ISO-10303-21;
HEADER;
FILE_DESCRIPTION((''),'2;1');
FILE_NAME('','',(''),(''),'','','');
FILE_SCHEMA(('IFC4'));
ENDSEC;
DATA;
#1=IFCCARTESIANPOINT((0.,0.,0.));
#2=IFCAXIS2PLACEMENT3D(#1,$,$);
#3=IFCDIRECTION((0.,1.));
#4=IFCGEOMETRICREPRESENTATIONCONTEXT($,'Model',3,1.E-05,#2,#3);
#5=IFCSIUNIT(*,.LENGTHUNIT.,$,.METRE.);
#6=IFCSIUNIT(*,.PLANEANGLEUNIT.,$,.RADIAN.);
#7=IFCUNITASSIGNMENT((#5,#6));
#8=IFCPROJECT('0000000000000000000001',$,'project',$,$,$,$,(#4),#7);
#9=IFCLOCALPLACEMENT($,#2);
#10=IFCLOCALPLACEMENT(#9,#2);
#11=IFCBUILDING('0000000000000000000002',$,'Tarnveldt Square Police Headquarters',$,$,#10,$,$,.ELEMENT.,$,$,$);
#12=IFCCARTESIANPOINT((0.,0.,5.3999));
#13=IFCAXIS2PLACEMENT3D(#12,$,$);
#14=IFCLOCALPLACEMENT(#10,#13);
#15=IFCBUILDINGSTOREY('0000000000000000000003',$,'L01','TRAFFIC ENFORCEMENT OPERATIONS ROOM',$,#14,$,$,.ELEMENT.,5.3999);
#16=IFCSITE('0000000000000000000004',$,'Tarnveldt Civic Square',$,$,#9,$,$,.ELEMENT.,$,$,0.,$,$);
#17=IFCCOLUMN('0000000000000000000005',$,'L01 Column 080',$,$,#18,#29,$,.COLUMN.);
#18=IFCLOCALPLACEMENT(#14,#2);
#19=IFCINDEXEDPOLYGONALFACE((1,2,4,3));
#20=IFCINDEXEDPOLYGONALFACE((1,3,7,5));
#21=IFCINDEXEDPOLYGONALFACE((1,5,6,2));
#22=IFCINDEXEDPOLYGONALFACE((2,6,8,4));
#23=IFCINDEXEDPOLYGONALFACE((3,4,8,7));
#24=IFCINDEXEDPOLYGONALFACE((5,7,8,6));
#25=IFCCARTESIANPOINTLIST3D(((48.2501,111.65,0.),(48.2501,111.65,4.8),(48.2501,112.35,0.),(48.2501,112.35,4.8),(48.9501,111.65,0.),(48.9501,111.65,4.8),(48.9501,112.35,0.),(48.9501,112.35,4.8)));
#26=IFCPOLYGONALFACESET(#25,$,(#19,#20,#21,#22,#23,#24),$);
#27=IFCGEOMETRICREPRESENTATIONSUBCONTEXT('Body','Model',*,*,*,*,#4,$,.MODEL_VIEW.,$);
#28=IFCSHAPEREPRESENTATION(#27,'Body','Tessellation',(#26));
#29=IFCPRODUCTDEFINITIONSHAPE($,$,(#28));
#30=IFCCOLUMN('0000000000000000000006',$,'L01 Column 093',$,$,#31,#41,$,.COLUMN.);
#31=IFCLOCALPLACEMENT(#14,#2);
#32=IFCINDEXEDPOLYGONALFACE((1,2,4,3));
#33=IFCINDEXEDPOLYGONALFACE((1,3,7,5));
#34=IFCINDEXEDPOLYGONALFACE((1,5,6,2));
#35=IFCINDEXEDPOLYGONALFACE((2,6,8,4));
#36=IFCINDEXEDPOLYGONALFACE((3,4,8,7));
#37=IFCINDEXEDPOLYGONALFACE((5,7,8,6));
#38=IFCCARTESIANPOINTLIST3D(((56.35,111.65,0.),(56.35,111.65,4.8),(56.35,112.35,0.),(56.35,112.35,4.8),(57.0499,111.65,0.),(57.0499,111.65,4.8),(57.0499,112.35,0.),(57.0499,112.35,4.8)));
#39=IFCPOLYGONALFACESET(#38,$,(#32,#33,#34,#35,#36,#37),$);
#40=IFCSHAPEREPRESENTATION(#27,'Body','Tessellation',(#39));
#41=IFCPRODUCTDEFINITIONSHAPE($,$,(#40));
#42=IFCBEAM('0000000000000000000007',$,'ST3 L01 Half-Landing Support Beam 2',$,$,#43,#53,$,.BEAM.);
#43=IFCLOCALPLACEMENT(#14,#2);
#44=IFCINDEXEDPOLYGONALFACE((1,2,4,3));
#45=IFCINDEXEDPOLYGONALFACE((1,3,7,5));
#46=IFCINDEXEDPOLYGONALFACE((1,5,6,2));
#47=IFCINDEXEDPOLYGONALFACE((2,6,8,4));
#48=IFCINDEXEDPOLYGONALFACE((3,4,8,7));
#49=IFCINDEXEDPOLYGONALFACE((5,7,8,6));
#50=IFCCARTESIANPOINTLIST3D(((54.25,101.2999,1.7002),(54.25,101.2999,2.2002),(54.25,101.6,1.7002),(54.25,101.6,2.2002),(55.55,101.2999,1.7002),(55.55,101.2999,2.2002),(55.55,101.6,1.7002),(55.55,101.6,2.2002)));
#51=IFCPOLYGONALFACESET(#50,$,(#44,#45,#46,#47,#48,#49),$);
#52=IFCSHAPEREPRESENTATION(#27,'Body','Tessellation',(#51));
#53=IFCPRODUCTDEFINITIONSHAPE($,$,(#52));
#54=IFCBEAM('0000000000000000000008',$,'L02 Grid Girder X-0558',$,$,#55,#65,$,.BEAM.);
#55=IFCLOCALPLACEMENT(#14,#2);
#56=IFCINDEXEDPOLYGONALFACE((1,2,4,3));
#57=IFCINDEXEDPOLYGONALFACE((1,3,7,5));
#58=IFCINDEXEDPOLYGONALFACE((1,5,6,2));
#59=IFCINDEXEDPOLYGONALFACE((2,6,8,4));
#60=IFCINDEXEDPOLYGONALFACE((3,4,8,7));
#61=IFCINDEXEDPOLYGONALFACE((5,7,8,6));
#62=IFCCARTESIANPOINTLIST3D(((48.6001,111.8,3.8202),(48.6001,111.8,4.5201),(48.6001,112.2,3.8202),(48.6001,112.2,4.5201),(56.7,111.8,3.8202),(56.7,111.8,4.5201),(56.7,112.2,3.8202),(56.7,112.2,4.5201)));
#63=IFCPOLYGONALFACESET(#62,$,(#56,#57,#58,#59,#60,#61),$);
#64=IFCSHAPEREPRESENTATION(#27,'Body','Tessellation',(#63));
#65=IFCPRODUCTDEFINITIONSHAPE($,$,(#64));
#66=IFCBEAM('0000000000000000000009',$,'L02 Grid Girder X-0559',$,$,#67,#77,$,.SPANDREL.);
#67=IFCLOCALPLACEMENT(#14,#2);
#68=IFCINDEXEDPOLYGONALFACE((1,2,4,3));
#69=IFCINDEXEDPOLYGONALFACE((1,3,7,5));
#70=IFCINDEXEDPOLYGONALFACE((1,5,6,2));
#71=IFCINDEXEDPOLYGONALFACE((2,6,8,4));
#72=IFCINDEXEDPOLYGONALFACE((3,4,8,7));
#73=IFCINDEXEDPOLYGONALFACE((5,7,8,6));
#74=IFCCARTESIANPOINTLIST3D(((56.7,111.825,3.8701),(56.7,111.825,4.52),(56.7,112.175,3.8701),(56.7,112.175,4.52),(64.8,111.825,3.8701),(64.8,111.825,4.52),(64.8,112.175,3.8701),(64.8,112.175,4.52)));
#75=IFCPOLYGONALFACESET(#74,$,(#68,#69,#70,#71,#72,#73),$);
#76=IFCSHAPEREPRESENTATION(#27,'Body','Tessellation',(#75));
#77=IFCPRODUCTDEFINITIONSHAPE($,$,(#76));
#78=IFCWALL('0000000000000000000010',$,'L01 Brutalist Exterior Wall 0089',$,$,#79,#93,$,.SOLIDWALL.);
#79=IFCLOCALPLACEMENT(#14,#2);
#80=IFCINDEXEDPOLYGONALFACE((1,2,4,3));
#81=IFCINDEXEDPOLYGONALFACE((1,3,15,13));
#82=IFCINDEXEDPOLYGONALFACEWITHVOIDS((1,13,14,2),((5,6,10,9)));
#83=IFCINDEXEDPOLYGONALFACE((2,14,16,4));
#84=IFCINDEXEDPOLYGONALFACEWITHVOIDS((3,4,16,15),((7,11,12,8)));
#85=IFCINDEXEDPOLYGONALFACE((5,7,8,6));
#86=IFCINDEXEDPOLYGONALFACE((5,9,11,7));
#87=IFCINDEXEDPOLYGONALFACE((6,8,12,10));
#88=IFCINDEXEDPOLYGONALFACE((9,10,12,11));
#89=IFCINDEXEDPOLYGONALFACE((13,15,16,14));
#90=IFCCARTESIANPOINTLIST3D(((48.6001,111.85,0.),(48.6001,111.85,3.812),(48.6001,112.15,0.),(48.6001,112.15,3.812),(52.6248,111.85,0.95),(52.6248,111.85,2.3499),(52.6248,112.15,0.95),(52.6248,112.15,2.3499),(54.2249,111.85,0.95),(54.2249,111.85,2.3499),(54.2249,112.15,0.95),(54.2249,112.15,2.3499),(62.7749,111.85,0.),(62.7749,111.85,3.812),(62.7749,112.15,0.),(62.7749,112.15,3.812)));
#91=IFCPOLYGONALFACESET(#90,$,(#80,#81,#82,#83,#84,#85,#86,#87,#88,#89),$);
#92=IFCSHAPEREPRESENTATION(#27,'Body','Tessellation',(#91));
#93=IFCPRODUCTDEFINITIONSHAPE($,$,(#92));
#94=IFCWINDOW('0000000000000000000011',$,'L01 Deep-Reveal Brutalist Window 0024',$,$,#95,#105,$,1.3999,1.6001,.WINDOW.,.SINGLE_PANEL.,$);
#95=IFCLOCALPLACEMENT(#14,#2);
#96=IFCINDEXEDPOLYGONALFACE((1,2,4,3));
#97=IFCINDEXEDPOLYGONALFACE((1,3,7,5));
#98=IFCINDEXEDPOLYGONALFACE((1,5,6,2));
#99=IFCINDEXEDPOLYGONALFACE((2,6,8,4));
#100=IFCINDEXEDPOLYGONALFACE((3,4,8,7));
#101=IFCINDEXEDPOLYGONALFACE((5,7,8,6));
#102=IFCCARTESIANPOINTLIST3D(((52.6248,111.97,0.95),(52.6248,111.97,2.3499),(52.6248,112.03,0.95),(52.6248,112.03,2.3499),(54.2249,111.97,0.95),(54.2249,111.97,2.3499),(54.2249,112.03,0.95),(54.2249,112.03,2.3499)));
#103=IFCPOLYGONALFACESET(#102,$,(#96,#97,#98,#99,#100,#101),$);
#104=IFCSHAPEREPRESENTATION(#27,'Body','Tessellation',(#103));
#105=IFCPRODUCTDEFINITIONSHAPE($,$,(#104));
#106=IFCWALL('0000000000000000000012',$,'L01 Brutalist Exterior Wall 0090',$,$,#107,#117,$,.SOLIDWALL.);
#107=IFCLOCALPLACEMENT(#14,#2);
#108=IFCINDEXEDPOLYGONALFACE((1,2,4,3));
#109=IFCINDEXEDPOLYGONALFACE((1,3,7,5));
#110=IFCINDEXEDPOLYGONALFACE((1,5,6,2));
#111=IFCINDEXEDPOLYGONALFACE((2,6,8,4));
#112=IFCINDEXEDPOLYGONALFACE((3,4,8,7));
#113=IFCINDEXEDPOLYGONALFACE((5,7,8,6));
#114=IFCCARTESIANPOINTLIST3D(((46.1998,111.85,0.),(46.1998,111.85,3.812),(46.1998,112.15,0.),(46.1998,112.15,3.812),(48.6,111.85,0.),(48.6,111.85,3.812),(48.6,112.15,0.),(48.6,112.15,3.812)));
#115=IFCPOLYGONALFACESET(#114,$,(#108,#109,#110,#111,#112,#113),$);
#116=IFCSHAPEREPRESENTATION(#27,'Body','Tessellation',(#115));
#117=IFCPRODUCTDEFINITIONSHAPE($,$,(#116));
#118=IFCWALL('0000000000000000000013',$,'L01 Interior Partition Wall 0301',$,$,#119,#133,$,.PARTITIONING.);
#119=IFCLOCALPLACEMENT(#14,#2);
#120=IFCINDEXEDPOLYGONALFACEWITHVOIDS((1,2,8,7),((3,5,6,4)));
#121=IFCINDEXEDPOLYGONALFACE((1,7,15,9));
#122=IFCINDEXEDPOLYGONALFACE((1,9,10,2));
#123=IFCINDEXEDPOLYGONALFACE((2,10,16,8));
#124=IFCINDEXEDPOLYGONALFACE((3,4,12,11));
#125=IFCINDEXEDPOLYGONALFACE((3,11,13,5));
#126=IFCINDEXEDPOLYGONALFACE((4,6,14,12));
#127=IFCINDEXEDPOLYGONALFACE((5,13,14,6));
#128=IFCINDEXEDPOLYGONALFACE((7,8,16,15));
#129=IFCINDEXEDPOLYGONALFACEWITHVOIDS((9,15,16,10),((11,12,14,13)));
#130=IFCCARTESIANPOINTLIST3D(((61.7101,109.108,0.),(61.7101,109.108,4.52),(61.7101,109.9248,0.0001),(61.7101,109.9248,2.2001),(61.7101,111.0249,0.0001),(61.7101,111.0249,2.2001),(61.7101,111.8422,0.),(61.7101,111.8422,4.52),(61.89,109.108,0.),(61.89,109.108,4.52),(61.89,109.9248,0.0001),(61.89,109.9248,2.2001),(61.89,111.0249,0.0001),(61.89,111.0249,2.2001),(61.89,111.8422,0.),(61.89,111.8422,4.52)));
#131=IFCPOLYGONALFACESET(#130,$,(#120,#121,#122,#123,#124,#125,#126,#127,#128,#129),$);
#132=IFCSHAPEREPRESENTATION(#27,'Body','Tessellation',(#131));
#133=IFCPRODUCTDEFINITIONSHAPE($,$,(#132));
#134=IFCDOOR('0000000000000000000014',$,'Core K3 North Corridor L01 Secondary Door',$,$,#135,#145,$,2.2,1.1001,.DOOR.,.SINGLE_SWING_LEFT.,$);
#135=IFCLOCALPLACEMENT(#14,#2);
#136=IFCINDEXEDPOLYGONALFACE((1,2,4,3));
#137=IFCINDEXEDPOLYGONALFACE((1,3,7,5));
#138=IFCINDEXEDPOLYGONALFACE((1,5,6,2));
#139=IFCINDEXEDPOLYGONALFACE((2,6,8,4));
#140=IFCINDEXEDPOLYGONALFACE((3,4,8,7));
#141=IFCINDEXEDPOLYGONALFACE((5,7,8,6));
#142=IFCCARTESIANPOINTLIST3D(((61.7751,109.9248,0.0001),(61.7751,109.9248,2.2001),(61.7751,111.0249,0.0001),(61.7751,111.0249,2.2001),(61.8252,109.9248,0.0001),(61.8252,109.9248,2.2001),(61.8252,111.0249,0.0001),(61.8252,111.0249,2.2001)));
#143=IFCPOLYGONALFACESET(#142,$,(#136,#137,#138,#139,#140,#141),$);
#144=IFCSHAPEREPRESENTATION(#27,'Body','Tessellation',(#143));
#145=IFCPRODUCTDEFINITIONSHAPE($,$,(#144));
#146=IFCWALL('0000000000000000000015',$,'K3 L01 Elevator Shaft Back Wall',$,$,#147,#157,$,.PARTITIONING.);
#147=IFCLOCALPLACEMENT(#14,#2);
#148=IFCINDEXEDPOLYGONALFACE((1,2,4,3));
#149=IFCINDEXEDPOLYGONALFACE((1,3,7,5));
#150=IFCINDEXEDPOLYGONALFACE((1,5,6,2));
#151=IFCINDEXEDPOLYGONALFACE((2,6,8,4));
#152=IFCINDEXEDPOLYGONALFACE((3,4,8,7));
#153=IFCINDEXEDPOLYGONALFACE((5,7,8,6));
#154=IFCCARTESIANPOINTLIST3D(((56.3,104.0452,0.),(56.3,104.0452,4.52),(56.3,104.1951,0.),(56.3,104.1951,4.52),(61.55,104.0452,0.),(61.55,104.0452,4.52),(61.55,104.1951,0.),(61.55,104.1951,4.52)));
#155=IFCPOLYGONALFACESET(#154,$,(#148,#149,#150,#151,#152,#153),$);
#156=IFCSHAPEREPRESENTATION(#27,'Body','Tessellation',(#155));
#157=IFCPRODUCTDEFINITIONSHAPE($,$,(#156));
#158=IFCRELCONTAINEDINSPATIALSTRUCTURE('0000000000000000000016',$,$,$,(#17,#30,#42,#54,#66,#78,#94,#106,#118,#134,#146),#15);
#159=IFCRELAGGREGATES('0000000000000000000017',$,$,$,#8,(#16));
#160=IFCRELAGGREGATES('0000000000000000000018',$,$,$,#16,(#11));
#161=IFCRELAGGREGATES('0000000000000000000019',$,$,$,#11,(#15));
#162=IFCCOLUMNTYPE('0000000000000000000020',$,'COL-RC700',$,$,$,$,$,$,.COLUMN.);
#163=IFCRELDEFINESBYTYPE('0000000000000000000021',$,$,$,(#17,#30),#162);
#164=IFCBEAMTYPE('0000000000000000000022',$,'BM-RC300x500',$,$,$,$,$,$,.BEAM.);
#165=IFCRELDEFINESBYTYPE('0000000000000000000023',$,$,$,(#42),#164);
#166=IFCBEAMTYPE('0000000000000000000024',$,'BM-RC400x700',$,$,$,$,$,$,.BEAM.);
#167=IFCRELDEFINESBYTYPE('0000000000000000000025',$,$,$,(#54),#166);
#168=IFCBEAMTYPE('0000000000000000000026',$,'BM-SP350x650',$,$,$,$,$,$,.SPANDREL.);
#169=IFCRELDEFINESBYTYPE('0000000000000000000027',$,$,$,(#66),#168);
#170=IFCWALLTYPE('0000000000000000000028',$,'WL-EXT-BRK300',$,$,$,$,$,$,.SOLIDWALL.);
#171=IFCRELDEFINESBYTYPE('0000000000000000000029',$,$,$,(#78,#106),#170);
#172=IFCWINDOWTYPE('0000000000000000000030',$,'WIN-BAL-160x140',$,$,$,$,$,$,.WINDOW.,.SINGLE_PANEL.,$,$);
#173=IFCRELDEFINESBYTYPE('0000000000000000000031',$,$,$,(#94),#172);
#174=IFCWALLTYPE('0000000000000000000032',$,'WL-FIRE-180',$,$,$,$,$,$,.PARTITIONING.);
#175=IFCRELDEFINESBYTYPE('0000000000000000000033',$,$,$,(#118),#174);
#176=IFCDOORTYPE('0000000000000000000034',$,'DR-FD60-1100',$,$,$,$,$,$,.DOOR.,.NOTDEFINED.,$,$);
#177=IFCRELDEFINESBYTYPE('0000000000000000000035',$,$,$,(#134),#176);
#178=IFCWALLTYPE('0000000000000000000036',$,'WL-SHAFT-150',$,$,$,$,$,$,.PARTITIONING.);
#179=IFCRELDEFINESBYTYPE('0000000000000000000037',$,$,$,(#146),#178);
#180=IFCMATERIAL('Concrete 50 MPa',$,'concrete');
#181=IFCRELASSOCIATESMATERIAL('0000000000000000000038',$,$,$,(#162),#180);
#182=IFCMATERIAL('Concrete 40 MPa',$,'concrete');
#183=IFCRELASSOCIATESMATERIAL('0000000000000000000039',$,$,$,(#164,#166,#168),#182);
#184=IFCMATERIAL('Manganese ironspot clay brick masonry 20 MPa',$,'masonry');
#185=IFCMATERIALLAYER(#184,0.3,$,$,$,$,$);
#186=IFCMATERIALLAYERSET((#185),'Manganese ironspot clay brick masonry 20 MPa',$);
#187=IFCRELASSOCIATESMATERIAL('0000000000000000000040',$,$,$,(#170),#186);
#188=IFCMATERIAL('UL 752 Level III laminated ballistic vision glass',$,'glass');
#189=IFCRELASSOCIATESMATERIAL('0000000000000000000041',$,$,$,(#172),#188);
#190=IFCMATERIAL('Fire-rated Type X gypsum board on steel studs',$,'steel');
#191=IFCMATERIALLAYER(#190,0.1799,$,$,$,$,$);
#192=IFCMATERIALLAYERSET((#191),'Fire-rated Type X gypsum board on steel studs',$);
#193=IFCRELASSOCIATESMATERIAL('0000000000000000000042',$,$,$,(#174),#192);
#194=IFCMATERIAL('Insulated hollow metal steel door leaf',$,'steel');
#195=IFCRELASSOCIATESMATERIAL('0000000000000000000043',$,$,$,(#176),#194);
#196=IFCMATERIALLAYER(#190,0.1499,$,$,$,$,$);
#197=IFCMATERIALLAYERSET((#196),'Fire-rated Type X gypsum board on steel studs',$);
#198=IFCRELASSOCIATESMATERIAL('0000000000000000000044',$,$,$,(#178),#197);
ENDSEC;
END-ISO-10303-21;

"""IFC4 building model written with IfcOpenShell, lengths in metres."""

from ifc_helpers import new_model, si_unit, direction, frame, frame_2d, origin, origin_2d, place, context, subcontext, project, spatial, rectangle, extrude, material, layer, layer_set, material_profile, profile_set, type_object, element, fill, save


model = new_model("IFC4")

# Units and contexts
model_context = context("Model", 3, precision=1e-05, world=origin(), true_north=direction((0.0, 1.0)))
body_context = subcontext(model_context, "Body", "Model", "MODEL_VIEW")
ifc_project = project(units=[si_unit("LENGTHUNIT", "METRE"), si_unit("PLANEANGLEUNIT", "RADIAN")], contexts=[model_context])

# Site, building, storey
site_placement = place(None, origin())
site = spatial("IfcSite", under=ifc_project, at=site_placement, Name="Tarnveldt Civic Square", CompositionType="ELEMENT", RefElevation=0.0)
building_placement = place(site_placement, origin())
building = spatial("IfcBuilding", under=site, at=building_placement, Name="Tarnveldt Square Police Headquarters", CompositionType="ELEMENT")
storey_placement = place(building_placement, frame((0.0, 0.0, 5.3999)))
storey = spatial("IfcBuildingStorey", under=building, at=storey_placement, Name="L01", Description="TRAFFIC ENFORCEMENT OPERATIONS ROOM", CompositionType="ELEMENT", Elevation=5.3999)

# Columns
ifc_material_1 = material(Name="Concrete 50 MPa", Category="concrete")
ifc_material_profile_1 = material_profile(ifc_material_1, rectangle(XDim=0.7, YDim=0.7, at=origin_2d()), Name="RC-C700x700")
ifc_profile_set_1 = profile_set([ifc_material_profile_1], Name="Concrete 50 MPa")
column_type = type_object("IfcColumnType", Name="COL-RC700", PredefinedType="COLUMN", material=ifc_profile_set_1)
for number, where, z_axis, x_axis, name in (
    (1, (48.6001, 112.0, 0.0), (0.0, 0.0, 1.0), (1.0, 0.0, 0.0), "L01 Column 080"),
    (2, (56.7, 112.0, 0.0), (0.0, 0.0, 1.0), (1.0, 0.0, 0.0), "L01 Column 093"),
):
    element("IfcColumn", number, at=place(storey_placement, frame(where, z_axis=z_axis, x_axis=x_axis)), inside=storey, type_object=column_type, Name=name, PredefinedType="COLUMN", context=body_context, shape_type="SweptSolid", body=[
        extrude(rectangle(XDim=0.7, YDim=0.7, at=origin_2d()), origin(), (0.0, 0.0, 1.0), 4.8),
    ])

# Beams
ifc_material_2 = material(Name="Concrete 40 MPa", Category="concrete")
ifc_material_profile_2 = material_profile(ifc_material_2, rectangle(XDim=0.3, YDim=0.5, at=origin_2d()), Name="RC-B300x500")
ifc_profile_set_2 = profile_set([ifc_material_profile_2], Name="Concrete 40 MPa")
beam_type_1 = type_object("IfcBeamType", Name="BM-RC300x500", PredefinedType="BEAM", material=ifc_profile_set_2)
beam_1_placement = place(storey_placement, frame((54.25, 101.45, 1.9502), z_axis=(1.0, 0.0, 0.0), x_axis=(0.0, 1.0, 0.0)))
element("IfcBeam", 3, at=beam_1_placement, inside=storey, type_object=beam_type_1, Name="ST3 L01 Half-Landing Support Beam 2", PredefinedType="BEAM", context=body_context, shape_type="SweptSolid", body=[
    extrude(rectangle(XDim=0.3, YDim=0.5, at=origin_2d()), origin(), (0.0, 0.0, 1.0), 1.3),
])
ifc_material_profile_3 = material_profile(ifc_material_2, rectangle(XDim=0.3999, YDim=0.7, at=origin_2d()), Name="RC-B400x700")
ifc_profile_set_3 = profile_set([ifc_material_profile_3], Name="Concrete 40 MPa")
beam_type_2 = type_object("IfcBeamType", Name="BM-RC400x700", PredefinedType="BEAM", material=ifc_profile_set_3)
beam_2_placement = place(storey_placement, frame((48.6001, 112.0, 4.1702), z_axis=(1.0, 0.0, 0.0), x_axis=(0.0, 1.0, 0.0)))
element("IfcBeam", 4, at=beam_2_placement, inside=storey, type_object=beam_type_2, Name="L02 Grid Girder X-0558", PredefinedType="BEAM", context=body_context, shape_type="SweptSolid", body=[
    extrude(rectangle(XDim=0.3999, YDim=0.7, at=origin_2d()), origin(), (0.0, 0.0, 1.0), 8.0999),
])
ifc_material_profile_4 = material_profile(ifc_material_2, rectangle(XDim=0.3501, YDim=0.6499, at=origin_2d()), Name="RC-SP350x650")
ifc_profile_set_4 = profile_set([ifc_material_profile_4], Name="Concrete 40 MPa")
beam_type_3 = type_object("IfcBeamType", Name="BM-SP350x650", PredefinedType="SPANDREL", material=ifc_profile_set_4)
beam_3_placement = place(storey_placement, frame((56.7, 112.0, 4.1951), z_axis=(1.0, 0.0, 0.0), x_axis=(0.0, 1.0, 0.0)))
element("IfcBeam", 5, at=beam_3_placement, inside=storey, type_object=beam_type_3, Name="L02 Grid Girder X-0559", PredefinedType="SPANDREL", context=body_context, shape_type="SweptSolid", body=[
    extrude(rectangle(XDim=0.3501, YDim=0.6499, at=origin_2d()), origin(), (0.0, 0.0, 1.0), 8.1001),
])

# Wall, opening, window
ifc_material_3 = material(Name="Manganese ironspot clay brick masonry 20 MPa", Category="masonry")
ifc_layer_1 = layer(ifc_material_3, 0.3)
ifc_layer_set_1 = layer_set([ifc_layer_1], Name="Manganese ironspot clay brick masonry 20 MPa")
wall_type_1 = type_object("IfcWallType", Name="WL-EXT-BRK300", PredefinedType="SOLIDWALL", material=ifc_layer_set_1)
wall_1_placement = place(storey_placement, frame((62.7749, 112.0, 0.0), z_axis=(0.0, 0.0, 1.0), x_axis=(-1.0, 0.0, 0.0)))
wall_1 = element("IfcWall", 6, at=wall_1_placement, inside=storey, type_object=wall_type_1, Name="L01 Brutalist Exterior Wall 0089", PredefinedType="SOLIDWALL", context=body_context, shape_type="SweptSolid", body=[
    extrude(rectangle(XDim=14.1748, YDim=0.3, at=frame_2d((7.0874, 0.0))), origin(), (0.0, 0.0, 1.0), 3.812),
])
opening_1_placement = place(wall_1_placement, frame((8.55, 0.0, 0.95)))
opening_1 = element("IfcOpeningElement", 7, at=opening_1_placement, cuts=wall_1, PredefinedType="OPENING", context=body_context, shape_type="SweptSolid", body=[
    extrude(rectangle(XDim=1.6001, YDim=1.3999, at=frame_2d((0.8, 0.7))), frame((0.0, 0.1599, 0.0), z_axis=(0.0, -1.0, 0.0), x_axis=(1.0, 0.0, 0.0)), (0.0, 0.0, 1.0), 0.3201),
])
ifc_material_4 = material(Name="UL 752 Level III laminated ballistic vision glass", Category="glass")
window_type = type_object("IfcWindowType", Name="WIN-BAL-160x140", PartitioningType="SINGLE_PANEL", PredefinedType="WINDOW", material=ifc_material_4)
window_placement = place(opening_1_placement, origin())
window = element("IfcWindow", 8, at=window_placement, inside=storey, type_object=window_type, Name="L01 Deep-Reveal Brutalist Window 0024", OverallHeight=1.3999, OverallWidth=1.6001, PartitioningType="SINGLE_PANEL", PredefinedType="WINDOW", context=body_context, shape_type="SweptSolid", body=[
    extrude(rectangle(XDim=1.6001, YDim=1.3999, at=frame_2d((0.8, 0.7))), frame((0.0, 0.03, 0.0), z_axis=(0.0, -1.0, 0.0), x_axis=(1.0, 0.0, 0.0)), (0.0, 0.0, 1.0), 0.0601),
])
fill(opening_1, window)

# Wall
wall_2_placement = place(storey_placement, frame((48.6001, 112.0, 0.0), z_axis=(0.0, 0.0, 1.0), x_axis=(-1.0, 0.0, 0.0)))
element("IfcWall", 9, at=wall_2_placement, inside=storey, type_object=wall_type_1, Name="L01 Brutalist Exterior Wall 0090", PredefinedType="SOLIDWALL", context=body_context, shape_type="SweptSolid", body=[
    extrude(rectangle(XDim=2.4001, YDim=0.3, at=frame_2d((1.2002, 0.0))), origin(), (0.0, 0.0, 1.0), 3.812),
])

# Wall, opening, door
ifc_material_5 = material(Name="Fire-rated Type X gypsum board on steel studs", Category="steel")
ifc_layer_2 = layer(ifc_material_5, 0.1799)
ifc_layer_set_2 = layer_set([ifc_layer_2], Name="Fire-rated Type X gypsum board on steel studs")
wall_type_2 = type_object("IfcWallType", Name="WL-FIRE-180", PredefinedType="PARTITIONING", material=ifc_layer_set_2)
wall_3_placement = place(storey_placement, frame((61.8, 109.1079, 0.0), z_axis=(0.0, 0.0, 1.0), x_axis=(0.0, 1.0, 0.0)))
wall_3 = element("IfcWall", 10, at=wall_3_placement, inside=storey, type_object=wall_type_2, Name="L01 Interior Partition Wall 0301", PredefinedType="PARTITIONING", context=body_context, shape_type="SweptSolid", body=[
    extrude(rectangle(XDim=2.7341, YDim=0.1799, at=frame_2d((1.3672, 0.0))), origin(), (0.0, 0.0, 1.0), 4.52),
])
opening_2_placement = place(wall_3_placement, frame((0.8169, 0.0, 0.0)))
opening_2 = element("IfcOpeningElement", 11, at=opening_2_placement, cuts=wall_3, PredefinedType="OPENING", context=body_context, shape_type="SweptSolid", body=[
    extrude(rectangle(XDim=1.1001, YDim=2.2, at=frame_2d((0.55, 1.1001))), frame((0.0, 0.0999, 0.0), z_axis=(0.0, -1.0, 0.0), x_axis=(1.0, 0.0, 0.0)), (0.0, 0.0, 1.0), 0.2),
])
ifc_material_6 = material(Name="Insulated hollow metal steel door leaf", Category="steel")
door_type = type_object("IfcDoorType", Name="DR-FD60-1100", OperationType="NOTDEFINED", PredefinedType="DOOR", material=ifc_material_6)
door_placement = place(opening_2_placement, origin())
door = element("IfcDoor", 12, at=door_placement, inside=storey, type_object=door_type, Name="Core K3 North Corridor L01 Secondary Door", OperationType="SINGLE_SWING_LEFT", OverallHeight=2.2, OverallWidth=1.1001, PredefinedType="DOOR", context=body_context, shape_type="SweptSolid", body=[
    extrude(rectangle(XDim=1.1001, YDim=2.2, at=frame_2d((0.55, 1.1001))), frame((0.0, 0.0249, 0.0), z_axis=(0.0, -1.0, 0.0), x_axis=(1.0, 0.0, 0.0)), (0.0, 0.0, 1.0), 0.05),
])
fill(opening_2, door)

# Wall
ifc_layer_3 = layer(ifc_material_5, 0.1499)
ifc_layer_set_3 = layer_set([ifc_layer_3], Name="Fire-rated Type X gypsum board on steel studs")
wall_type_3 = type_object("IfcWallType", Name="WL-SHAFT-150", PredefinedType="PARTITIONING", material=ifc_layer_set_3)
wall_4_placement = place(storey_placement, frame((56.3, 104.1201, 0.0), z_axis=(0.0, 0.0, 1.0), x_axis=(1.0, 0.0, 0.0)))
element("IfcWall", 13, at=wall_4_placement, inside=storey, type_object=wall_type_3, Name="K3 L01 Elevator Shaft Back Wall", PredefinedType="PARTITIONING", context=body_context, shape_type="SweptSolid", body=[
    extrude(rectangle(XDim=5.25, YDim=0.1499, at=frame_2d((2.625, 0.0))), origin(), (0.0, 0.0, 1.0), 4.52),
])

save(model, "model.ifc")
